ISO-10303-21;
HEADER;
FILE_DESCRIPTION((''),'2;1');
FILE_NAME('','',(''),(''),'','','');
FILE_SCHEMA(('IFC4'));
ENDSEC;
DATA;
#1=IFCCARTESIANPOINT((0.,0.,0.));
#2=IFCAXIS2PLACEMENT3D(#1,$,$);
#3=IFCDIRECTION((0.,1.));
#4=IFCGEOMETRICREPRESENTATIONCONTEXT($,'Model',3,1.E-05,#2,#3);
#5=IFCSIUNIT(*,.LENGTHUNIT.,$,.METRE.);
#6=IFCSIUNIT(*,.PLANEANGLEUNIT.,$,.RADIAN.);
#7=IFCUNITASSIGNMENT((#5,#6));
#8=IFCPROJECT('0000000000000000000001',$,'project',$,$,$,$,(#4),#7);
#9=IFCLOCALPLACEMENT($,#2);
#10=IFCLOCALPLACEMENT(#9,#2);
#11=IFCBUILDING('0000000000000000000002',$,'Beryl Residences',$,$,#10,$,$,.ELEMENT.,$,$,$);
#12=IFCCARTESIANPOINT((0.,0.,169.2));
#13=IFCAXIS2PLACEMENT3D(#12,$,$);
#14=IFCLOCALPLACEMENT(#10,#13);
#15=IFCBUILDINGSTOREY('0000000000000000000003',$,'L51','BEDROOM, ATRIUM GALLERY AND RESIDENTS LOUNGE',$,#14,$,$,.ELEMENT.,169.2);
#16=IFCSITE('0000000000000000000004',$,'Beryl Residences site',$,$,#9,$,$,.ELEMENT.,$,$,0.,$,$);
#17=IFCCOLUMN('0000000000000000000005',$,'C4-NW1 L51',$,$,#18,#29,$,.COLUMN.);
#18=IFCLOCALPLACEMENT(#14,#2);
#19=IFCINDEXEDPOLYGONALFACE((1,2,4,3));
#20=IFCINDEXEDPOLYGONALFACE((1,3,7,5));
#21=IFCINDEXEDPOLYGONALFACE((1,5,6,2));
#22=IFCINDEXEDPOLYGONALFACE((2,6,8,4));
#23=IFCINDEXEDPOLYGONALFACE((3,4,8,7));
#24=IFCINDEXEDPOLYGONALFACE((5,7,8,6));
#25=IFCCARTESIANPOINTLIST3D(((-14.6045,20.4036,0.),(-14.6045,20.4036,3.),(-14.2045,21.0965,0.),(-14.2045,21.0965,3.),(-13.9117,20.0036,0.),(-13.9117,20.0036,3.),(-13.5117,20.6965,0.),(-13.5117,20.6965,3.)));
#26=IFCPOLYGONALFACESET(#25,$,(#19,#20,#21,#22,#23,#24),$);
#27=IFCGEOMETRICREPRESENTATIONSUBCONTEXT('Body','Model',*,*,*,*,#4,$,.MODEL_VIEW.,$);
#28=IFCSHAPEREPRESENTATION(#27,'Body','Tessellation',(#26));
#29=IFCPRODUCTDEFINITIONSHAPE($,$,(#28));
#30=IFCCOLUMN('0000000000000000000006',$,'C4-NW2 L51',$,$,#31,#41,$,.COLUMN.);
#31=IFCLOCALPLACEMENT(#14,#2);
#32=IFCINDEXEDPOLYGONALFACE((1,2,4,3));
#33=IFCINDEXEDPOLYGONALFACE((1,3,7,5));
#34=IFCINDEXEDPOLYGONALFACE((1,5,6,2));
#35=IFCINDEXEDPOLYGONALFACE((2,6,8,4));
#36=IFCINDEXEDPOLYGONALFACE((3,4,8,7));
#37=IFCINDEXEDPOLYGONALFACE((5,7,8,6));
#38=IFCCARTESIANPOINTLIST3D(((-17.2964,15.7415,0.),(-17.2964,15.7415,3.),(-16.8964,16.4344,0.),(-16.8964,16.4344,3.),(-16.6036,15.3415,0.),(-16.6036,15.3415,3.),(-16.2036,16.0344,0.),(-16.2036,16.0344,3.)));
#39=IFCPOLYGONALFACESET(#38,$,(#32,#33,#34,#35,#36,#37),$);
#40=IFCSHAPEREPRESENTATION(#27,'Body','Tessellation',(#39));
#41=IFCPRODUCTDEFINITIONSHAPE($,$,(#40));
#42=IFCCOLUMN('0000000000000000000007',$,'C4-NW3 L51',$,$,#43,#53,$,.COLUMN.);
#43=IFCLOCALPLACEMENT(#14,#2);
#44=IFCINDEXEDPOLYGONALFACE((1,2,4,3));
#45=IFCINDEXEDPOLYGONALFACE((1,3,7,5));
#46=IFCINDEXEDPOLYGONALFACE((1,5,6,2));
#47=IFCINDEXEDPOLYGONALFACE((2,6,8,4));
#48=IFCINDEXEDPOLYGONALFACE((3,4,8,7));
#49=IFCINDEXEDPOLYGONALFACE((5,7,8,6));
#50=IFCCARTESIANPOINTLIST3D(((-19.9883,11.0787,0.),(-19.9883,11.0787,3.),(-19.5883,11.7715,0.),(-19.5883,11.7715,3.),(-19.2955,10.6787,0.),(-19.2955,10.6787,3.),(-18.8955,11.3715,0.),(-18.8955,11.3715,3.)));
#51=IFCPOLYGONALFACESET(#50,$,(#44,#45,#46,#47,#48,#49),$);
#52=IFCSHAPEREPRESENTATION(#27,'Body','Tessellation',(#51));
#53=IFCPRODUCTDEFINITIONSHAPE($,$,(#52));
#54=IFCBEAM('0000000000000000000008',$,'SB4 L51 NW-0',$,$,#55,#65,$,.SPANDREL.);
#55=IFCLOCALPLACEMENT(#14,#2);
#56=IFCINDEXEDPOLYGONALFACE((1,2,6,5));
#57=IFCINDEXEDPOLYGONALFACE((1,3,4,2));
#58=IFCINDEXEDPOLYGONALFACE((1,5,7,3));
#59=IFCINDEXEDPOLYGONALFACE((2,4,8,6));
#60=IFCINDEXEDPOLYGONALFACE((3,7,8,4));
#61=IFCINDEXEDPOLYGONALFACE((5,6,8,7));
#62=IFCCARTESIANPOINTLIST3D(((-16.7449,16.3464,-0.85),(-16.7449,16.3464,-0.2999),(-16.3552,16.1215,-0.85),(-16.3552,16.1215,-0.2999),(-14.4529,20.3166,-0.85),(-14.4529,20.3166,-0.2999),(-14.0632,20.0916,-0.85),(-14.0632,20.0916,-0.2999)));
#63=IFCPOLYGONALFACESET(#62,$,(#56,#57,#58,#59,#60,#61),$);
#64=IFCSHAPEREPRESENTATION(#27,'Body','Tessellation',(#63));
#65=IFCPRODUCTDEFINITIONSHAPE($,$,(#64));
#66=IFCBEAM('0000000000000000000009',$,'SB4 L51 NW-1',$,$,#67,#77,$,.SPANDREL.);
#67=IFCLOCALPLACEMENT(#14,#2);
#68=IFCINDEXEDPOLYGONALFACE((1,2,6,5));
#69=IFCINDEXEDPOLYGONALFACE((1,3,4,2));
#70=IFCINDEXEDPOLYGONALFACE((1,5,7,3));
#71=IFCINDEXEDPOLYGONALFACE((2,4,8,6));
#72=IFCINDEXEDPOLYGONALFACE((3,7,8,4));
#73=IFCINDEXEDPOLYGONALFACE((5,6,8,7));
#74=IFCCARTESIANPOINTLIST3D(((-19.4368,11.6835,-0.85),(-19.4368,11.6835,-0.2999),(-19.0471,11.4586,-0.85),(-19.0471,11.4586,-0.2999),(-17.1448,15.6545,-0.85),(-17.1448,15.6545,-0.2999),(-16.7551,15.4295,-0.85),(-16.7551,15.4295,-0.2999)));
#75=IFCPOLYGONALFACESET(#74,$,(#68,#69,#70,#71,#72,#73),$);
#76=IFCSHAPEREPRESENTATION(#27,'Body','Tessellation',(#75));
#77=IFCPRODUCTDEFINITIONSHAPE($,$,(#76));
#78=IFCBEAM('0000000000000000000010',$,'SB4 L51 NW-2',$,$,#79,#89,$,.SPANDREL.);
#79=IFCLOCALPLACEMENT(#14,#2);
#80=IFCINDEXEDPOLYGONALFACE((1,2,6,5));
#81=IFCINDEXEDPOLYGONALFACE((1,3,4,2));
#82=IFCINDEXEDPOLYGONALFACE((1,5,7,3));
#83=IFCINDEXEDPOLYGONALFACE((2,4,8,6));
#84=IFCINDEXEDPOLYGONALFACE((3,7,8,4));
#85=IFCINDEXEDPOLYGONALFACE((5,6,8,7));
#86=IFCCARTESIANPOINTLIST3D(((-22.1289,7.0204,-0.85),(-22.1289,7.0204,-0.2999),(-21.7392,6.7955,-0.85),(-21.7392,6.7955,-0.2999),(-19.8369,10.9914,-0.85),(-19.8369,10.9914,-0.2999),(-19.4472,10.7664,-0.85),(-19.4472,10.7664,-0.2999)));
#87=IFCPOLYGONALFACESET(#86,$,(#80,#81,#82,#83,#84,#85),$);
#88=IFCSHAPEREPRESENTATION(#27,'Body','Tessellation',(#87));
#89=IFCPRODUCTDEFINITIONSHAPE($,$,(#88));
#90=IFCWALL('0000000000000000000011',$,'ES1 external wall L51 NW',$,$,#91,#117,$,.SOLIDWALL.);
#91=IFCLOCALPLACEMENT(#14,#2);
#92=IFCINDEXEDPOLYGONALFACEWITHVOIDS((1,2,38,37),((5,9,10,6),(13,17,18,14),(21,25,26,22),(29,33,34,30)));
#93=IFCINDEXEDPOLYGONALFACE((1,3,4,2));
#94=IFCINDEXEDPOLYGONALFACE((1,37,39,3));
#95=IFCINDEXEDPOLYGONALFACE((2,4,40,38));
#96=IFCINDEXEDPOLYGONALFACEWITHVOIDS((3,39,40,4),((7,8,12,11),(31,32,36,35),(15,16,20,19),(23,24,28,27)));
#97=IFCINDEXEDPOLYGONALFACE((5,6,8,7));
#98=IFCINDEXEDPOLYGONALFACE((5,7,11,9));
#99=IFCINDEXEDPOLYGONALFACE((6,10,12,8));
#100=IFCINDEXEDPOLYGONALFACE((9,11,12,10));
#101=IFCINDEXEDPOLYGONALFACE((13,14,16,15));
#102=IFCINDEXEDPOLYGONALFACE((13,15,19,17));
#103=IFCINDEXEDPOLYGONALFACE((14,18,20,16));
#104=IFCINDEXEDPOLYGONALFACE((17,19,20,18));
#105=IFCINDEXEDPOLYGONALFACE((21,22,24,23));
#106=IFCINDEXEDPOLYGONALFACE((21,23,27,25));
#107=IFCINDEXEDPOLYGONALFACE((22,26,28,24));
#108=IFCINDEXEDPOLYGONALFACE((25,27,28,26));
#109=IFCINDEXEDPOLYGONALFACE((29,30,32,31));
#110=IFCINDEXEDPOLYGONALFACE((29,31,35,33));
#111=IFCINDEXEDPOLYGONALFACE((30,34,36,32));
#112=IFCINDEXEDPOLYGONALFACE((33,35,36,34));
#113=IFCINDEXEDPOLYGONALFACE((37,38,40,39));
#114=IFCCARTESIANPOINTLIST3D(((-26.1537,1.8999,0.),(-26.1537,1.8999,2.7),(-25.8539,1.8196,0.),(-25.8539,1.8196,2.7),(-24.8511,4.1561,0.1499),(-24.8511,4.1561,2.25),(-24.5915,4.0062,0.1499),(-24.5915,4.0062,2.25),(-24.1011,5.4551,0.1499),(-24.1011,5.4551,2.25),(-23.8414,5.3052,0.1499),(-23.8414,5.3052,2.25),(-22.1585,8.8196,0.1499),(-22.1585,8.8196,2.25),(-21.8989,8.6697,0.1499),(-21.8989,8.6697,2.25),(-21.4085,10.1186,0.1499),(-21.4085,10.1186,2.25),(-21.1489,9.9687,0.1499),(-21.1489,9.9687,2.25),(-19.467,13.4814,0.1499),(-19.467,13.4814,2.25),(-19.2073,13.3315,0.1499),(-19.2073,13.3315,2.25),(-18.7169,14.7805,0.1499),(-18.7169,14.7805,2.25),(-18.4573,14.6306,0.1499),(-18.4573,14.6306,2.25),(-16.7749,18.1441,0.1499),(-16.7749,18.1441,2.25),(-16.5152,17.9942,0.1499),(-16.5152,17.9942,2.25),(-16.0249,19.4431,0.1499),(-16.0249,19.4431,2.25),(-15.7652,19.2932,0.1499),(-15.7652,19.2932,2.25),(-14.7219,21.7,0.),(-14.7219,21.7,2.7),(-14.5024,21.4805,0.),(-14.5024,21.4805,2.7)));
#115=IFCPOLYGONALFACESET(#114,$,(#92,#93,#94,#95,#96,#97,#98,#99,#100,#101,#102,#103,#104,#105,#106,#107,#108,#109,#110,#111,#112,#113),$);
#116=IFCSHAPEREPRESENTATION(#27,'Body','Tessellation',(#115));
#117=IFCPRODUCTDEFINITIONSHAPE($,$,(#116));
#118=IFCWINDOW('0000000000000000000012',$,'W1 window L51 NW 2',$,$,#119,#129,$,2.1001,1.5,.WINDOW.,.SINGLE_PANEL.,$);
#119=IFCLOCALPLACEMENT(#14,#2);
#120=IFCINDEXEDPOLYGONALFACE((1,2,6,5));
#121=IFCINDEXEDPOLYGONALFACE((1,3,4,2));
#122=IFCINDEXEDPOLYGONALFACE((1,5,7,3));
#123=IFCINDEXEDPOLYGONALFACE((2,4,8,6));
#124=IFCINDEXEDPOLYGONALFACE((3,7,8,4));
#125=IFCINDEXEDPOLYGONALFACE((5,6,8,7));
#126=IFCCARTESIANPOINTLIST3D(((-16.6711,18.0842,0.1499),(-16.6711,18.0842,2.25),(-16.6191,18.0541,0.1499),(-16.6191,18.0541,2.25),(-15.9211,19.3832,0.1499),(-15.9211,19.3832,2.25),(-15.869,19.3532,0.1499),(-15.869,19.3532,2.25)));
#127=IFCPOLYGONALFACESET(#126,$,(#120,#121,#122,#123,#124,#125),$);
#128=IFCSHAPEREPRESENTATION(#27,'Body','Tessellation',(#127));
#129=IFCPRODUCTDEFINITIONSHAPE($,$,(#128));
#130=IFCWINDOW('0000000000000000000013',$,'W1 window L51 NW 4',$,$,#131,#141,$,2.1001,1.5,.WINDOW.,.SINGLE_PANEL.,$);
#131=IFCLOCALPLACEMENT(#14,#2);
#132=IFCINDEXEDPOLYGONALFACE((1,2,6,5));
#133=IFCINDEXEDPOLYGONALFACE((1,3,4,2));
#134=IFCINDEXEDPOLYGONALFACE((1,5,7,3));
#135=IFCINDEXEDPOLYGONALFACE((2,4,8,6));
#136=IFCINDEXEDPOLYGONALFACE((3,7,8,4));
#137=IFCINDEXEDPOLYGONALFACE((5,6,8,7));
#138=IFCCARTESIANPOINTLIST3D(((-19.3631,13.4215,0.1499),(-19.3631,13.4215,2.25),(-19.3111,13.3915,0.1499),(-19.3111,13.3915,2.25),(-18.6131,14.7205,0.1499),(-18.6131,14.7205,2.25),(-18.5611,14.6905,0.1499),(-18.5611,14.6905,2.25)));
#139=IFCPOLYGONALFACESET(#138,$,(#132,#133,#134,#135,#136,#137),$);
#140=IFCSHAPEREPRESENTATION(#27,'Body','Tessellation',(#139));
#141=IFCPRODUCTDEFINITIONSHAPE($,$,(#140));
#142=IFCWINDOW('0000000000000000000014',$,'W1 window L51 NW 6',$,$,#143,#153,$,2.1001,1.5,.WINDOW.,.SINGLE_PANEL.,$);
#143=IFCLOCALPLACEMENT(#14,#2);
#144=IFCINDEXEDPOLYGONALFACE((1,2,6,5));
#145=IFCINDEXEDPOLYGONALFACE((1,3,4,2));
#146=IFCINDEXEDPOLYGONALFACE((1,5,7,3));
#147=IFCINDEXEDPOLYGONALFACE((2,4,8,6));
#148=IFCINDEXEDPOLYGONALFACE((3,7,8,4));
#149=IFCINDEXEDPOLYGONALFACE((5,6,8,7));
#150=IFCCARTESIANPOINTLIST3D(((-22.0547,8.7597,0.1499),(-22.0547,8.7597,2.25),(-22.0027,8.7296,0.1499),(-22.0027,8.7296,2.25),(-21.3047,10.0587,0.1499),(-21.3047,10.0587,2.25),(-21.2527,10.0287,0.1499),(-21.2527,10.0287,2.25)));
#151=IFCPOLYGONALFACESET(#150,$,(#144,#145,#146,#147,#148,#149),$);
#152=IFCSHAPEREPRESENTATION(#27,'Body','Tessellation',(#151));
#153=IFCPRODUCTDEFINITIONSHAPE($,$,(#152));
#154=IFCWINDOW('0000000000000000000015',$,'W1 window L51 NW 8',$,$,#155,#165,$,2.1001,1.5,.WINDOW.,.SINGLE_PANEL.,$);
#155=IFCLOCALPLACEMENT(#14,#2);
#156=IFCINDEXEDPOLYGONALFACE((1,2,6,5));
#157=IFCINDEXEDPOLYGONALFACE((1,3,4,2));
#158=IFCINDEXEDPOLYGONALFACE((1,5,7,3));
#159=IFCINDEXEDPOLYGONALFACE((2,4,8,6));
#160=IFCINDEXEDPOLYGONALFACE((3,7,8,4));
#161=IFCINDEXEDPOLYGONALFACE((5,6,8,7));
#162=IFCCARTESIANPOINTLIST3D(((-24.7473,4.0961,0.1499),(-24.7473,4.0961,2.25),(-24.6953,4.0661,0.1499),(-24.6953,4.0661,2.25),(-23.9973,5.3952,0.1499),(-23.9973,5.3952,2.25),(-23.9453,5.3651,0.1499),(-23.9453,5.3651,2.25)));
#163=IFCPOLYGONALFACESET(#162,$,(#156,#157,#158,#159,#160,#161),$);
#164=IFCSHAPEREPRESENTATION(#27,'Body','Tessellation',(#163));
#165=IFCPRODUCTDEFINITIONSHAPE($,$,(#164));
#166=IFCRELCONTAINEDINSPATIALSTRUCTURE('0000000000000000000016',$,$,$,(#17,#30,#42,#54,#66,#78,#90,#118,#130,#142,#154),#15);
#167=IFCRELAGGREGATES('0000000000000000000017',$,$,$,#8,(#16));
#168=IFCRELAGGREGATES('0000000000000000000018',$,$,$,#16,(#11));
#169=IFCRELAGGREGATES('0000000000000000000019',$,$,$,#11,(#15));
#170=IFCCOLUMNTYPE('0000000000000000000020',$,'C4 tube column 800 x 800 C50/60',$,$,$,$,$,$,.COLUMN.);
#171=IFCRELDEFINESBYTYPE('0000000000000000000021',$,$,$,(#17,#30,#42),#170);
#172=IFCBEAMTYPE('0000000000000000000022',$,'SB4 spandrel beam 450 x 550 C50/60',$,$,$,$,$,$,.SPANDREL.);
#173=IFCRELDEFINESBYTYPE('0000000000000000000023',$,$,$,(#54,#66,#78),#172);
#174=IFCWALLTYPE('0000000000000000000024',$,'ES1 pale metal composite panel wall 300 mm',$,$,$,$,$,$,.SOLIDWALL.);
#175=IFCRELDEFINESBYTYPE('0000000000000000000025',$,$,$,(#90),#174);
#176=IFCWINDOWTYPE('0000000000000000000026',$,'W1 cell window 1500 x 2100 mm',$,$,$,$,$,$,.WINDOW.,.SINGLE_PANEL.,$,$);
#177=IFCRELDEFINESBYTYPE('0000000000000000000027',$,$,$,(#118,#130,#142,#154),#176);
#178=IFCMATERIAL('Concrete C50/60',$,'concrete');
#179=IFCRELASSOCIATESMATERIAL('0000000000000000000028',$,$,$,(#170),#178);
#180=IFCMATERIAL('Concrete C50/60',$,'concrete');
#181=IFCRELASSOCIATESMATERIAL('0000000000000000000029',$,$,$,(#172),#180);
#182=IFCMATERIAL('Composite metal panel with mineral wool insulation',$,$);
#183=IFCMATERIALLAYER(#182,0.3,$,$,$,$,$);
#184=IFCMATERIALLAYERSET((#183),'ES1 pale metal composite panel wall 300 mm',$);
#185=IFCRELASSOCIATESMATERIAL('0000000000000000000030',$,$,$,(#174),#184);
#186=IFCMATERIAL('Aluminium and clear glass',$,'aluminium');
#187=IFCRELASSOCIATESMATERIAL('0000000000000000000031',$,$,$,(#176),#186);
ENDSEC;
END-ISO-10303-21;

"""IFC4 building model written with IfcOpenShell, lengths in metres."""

from ifc_helpers import new_model, si_unit, direction, frame, frame_2d, origin, origin_2d, place, context, subcontext, project, spatial, polyline, rectangle, outline, extrude, material, layer, layer_set, material_profile, profile_set, type_object, element, fill, save


model = new_model("IFC4")

# Units and contexts
model_context = context("Model", 3, precision=1e-05, world=origin(), true_north=direction((0.0, 1.0)))
body_context = subcontext(model_context, "Body", "Model", "MODEL_VIEW")
ifc_project = project(units=[si_unit("LENGTHUNIT", "METRE"), si_unit("PLANEANGLEUNIT", "RADIAN")], contexts=[model_context])

# Site, building, storey
site_placement = place(None, origin())
site = spatial("IfcSite", under=ifc_project, at=site_placement, Name="Beryl Residences site", CompositionType="ELEMENT", RefElevation=0.0)
building_placement = place(site_placement, origin())
building = spatial("IfcBuilding", under=site, at=building_placement, Name="Beryl Residences", CompositionType="ELEMENT")
storey_placement = place(building_placement, frame((0.0, 0.0, 169.2)))
storey = spatial("IfcBuildingStorey", under=building, at=storey_placement, Name="L51", Description="BEDROOM, ATRIUM GALLERY AND RESIDENTS LOUNGE", CompositionType="ELEMENT", Elevation=169.2)

# Columns
ifc_material_1 = material(Name="Concrete C50/60", Category="concrete")
ifc_material_profile_1 = material_profile(ifc_material_1, rectangle(XDim=0.8, YDim=0.8, at=origin_2d()))
ifc_profile_set_1 = profile_set([ifc_material_profile_1], Name="Concrete C50/60")
column_type = type_object("IfcColumnType", Name="C4 tube column 800 x 800 C50/60", PredefinedType="COLUMN", material=ifc_profile_set_1)
for number, where, z_axis, x_axis, name in (
    (1, (-14.0581, 20.55, 0.0), (0.0, 0.0, 1.0), (-0.5, -0.866025, 0.0), "C4-NW1 L51"),
    (2, (-16.75, 15.8879, 0.0), (0.0, 0.0, 1.0), (-0.5, -0.866025, 0.0), "C4-NW2 L51"),
    (3, (-19.4419, 11.2251, 0.0), (0.0, 0.0, 1.0), (-0.5, -0.866025, 0.0), "C4-NW3 L51"),
):
    element("IfcColumn", number, at=place(storey_placement, frame(where, z_axis=z_axis, x_axis=x_axis)), inside=storey, type_object=column_type, Name=name, PredefinedType="COLUMN", context=body_context, shape_type="SweptSolid", body=[
        extrude(rectangle(XDim=0.8, YDim=0.8, at=origin_2d()), origin(), (0.0, 0.0, 1.0), 3.0),
    ])

# Beams
ifc_material_2 = material(Name="Concrete C50/60", Category="concrete")
ifc_material_profile_2 = material_profile(ifc_material_2, rectangle(XDim=0.45, YDim=0.55, at=origin_2d()))
ifc_profile_set_2 = profile_set([ifc_material_profile_2], Name="Concrete C50/60")
beam_type = type_object("IfcBeamType", Name="SB4 spandrel beam 450 x 550 C50/60", PredefinedType="SPANDREL", material=ifc_profile_set_2)
beam_placement = place(storey_placement, frame((-14.2581, 20.2041, -0.575), z_axis=(-0.499965, -0.866045, 0.0), x_axis=(0.866045, -0.499965, 0.0)))
element("IfcBeam", 4, at=beam_placement, inside=storey, type_object=beam_type, Name="SB4 L51 NW-0", PredefinedType="SPANDREL", context=body_context, shape_type="SweptSolid", body=[
    extrude(rectangle(XDim=0.45, YDim=0.55, at=origin_2d()), origin(), (0.0, 0.0, 1.0), 4.5842),
])
for number, where, z_axis, x_axis, name in (
    (5, (-16.95, 15.542, -0.575), (-0.499896, -0.866085, 0.0), (0.866085, -0.499896, 0.0), "SB4 L51 NW-1"),
    (6, (-19.6421, 10.8789, -0.575), (-0.499896, -0.866085, 0.0), (0.866085, -0.499896, 0.0), "SB4 L51 NW-2"),
):
    element("IfcBeam", number, at=place(storey_placement, frame(where, z_axis=z_axis, x_axis=x_axis)), inside=storey, type_object=beam_type, Name=name, PredefinedType="SPANDREL", context=body_context, shape_type="SweptSolid", body=[
        extrude(rectangle(XDim=0.45, YDim=0.55, at=origin_2d()), origin(), (0.0, 0.0, 1.0), 4.585),
    ])

# Wall, openings, windows
ifc_material_3 = material(Name="Composite metal panel with mineral wool insulation")
ifc_layer_1 = layer(ifc_material_3, 0.3)
ifc_layer_set_1 = layer_set([ifc_layer_1], Name="ES1 pale metal composite panel wall 300 mm")
wall_type_1 = type_object("IfcWallType", Name="ES1 pale metal composite panel wall 300 mm", PredefinedType="SOLIDWALL", material=ifc_layer_set_1)
wall_1_placement = place(storey_placement, frame((-14.592, 21.625, 0.0), z_axis=(0.0, 0.0, 1.0), x_axis=(-0.500011, -0.866019, 0.0)))
wall_1 = element("IfcWall", 7, at=wall_1_placement, inside=storey, type_object=wall_type_1, Name="ES1 external wall L51 NW", PredefinedType="SOLIDWALL", context=body_context, shape_type="SweptSolid", body=[
    extrude(outline(polyline([(0.0, -0.1499), (22.8633, -0.1499), (22.783, 0.1499), (0.0803, 0.1499), (0.0, -0.1499)])), origin(), (0.0, 0.0, 1.0), 2.7),
])
opening_1_placement = place(wall_1_placement, frame((2.606, 0.0, 0.1499)))
opening_1 = element("IfcOpeningElement", 8, at=opening_1_placement, cuts=wall_1, PredefinedType="OPENING", context=body_context, shape_type="SweptSolid", body=[
    extrude(rectangle(XDim=1.5, YDim=2.1001, at=frame_2d((0.75, 1.05))), frame((0.0, 0.1599, 0.0), z_axis=(0.0, -1.0, 0.0), x_axis=(1.0, 0.0, 0.0)), (0.0, 0.0, 1.0), 0.3201),
])
opening_2_placement = place(wall_1_placement, frame((7.99, 0.0, 0.1499)))
opening_2 = element("IfcOpeningElement", 9, at=opening_2_placement, cuts=wall_1, PredefinedType="OPENING", context=body_context, shape_type="SweptSolid", body=[
    extrude(rectangle(XDim=1.5, YDim=2.1001, at=frame_2d((0.75, 1.05))), frame((0.0, 0.1599, 0.0), z_axis=(0.0, -1.0, 0.0), x_axis=(1.0, 0.0, 0.0)), (0.0, 0.0, 1.0), 0.3201),
])
opening_3_placement = place(wall_1_placement, frame((13.373, 0.0, 0.1499)))
opening_3 = element("IfcOpeningElement", 10, at=opening_3_placement, cuts=wall_1, PredefinedType="OPENING", context=body_context, shape_type="SweptSolid", body=[
    extrude(rectangle(XDim=1.5, YDim=2.1001, at=frame_2d((0.75, 1.05))), frame((0.0, 0.1599, 0.0), z_axis=(0.0, -1.0, 0.0), x_axis=(1.0, 0.0, 0.0)), (0.0, 0.0, 1.0), 0.3201),
])
opening_4_placement = place(wall_1_placement, frame((18.7581, 0.0, 0.1499)))
opening_4 = element("IfcOpeningElement", 11, at=opening_4_placement, cuts=wall_1, PredefinedType="OPENING", context=body_context, shape_type="SweptSolid", body=[
    extrude(rectangle(XDim=1.5, YDim=2.1001, at=frame_2d((0.75, 1.05))), frame((0.0, 0.1599, 0.0), z_axis=(0.0, -1.0, 0.0), x_axis=(1.0, 0.0, 0.0)), (0.0, 0.0, 1.0), 0.3201),
])
ifc_material_4 = material(Name="Aluminium and clear glass", Category="aluminium")
window_type = type_object("IfcWindowType", Name="W1 cell window 1500 x 2100 mm", PartitioningType="SINGLE_PANEL", PredefinedType="WINDOW", material=ifc_material_4)
window_1_placement = place(opening_1_placement, origin())
window_1 = element("IfcWindow", 12, at=window_1_placement, inside=storey, type_object=window_type, Name="W1 window L51 NW 2", OverallHeight=2.1001, OverallWidth=1.5, PartitioningType="SINGLE_PANEL", PredefinedType="WINDOW", context=body_context, shape_type="SweptSolid", body=[
    extrude(rectangle(XDim=1.5, YDim=2.1001, at=frame_2d((0.75, 1.05))), frame((0.0, 0.03, 0.0), z_axis=(0.0, -1.0, 0.0), x_axis=(1.0, 0.0, 0.0)), (0.0, 0.0, 1.0), 0.0601),
])
fill(opening_1, window_1)
window_2_placement = place(opening_2_placement, origin())
window_2 = element("IfcWindow", 13, at=window_2_placement, inside=storey, type_object=window_type, Name="W1 window L51 NW 4", OverallHeight=2.1001, OverallWidth=1.5, PartitioningType="SINGLE_PANEL", PredefinedType="WINDOW", context=body_context, shape_type="SweptSolid", body=[
    extrude(rectangle(XDim=1.5, YDim=2.1001, at=frame_2d((0.75, 1.05))), frame((0.0, 0.03, 0.0), z_axis=(0.0, -1.0, 0.0), x_axis=(1.0, 0.0, 0.0)), (0.0, 0.0, 1.0), 0.0601),
])
fill(opening_2, window_2)
window_3_placement = place(opening_3_placement, origin())
window_3 = element("IfcWindow", 14, at=window_3_placement, inside=storey, type_object=window_type, Name="W1 window L51 NW 6", OverallHeight=2.1001, OverallWidth=1.5, PartitioningType="SINGLE_PANEL", PredefinedType="WINDOW", context=body_context, shape_type="SweptSolid", body=[
    extrude(rectangle(XDim=1.5, YDim=2.1001, at=frame_2d((0.75, 1.05))), frame((0.0, 0.03, 0.0), z_axis=(0.0, -1.0, 0.0), x_axis=(1.0, 0.0, 0.0)), (0.0, 0.0, 1.0), 0.0601),
])
fill(opening_3, window_3)
window_4_placement = place(opening_4_placement, origin())
window_4 = element("IfcWindow", 15, at=window_4_placement, inside=storey, type_object=window_type, Name="W1 window L51 NW 8", OverallHeight=2.1001, OverallWidth=1.5, PartitioningType="SINGLE_PANEL", PredefinedType="WINDOW", context=body_context, shape_type="SweptSolid", body=[
    extrude(rectangle(XDim=1.5, YDim=2.1001, at=frame_2d((0.75, 1.05))), frame((0.0, 0.03, 0.0), z_axis=(0.0, -1.0, 0.0), x_axis=(1.0, 0.0, 0.0)), (0.0, 0.0, 1.0), 0.0601),
])
fill(opening_4, window_4)

save(model, "model.ifc")
